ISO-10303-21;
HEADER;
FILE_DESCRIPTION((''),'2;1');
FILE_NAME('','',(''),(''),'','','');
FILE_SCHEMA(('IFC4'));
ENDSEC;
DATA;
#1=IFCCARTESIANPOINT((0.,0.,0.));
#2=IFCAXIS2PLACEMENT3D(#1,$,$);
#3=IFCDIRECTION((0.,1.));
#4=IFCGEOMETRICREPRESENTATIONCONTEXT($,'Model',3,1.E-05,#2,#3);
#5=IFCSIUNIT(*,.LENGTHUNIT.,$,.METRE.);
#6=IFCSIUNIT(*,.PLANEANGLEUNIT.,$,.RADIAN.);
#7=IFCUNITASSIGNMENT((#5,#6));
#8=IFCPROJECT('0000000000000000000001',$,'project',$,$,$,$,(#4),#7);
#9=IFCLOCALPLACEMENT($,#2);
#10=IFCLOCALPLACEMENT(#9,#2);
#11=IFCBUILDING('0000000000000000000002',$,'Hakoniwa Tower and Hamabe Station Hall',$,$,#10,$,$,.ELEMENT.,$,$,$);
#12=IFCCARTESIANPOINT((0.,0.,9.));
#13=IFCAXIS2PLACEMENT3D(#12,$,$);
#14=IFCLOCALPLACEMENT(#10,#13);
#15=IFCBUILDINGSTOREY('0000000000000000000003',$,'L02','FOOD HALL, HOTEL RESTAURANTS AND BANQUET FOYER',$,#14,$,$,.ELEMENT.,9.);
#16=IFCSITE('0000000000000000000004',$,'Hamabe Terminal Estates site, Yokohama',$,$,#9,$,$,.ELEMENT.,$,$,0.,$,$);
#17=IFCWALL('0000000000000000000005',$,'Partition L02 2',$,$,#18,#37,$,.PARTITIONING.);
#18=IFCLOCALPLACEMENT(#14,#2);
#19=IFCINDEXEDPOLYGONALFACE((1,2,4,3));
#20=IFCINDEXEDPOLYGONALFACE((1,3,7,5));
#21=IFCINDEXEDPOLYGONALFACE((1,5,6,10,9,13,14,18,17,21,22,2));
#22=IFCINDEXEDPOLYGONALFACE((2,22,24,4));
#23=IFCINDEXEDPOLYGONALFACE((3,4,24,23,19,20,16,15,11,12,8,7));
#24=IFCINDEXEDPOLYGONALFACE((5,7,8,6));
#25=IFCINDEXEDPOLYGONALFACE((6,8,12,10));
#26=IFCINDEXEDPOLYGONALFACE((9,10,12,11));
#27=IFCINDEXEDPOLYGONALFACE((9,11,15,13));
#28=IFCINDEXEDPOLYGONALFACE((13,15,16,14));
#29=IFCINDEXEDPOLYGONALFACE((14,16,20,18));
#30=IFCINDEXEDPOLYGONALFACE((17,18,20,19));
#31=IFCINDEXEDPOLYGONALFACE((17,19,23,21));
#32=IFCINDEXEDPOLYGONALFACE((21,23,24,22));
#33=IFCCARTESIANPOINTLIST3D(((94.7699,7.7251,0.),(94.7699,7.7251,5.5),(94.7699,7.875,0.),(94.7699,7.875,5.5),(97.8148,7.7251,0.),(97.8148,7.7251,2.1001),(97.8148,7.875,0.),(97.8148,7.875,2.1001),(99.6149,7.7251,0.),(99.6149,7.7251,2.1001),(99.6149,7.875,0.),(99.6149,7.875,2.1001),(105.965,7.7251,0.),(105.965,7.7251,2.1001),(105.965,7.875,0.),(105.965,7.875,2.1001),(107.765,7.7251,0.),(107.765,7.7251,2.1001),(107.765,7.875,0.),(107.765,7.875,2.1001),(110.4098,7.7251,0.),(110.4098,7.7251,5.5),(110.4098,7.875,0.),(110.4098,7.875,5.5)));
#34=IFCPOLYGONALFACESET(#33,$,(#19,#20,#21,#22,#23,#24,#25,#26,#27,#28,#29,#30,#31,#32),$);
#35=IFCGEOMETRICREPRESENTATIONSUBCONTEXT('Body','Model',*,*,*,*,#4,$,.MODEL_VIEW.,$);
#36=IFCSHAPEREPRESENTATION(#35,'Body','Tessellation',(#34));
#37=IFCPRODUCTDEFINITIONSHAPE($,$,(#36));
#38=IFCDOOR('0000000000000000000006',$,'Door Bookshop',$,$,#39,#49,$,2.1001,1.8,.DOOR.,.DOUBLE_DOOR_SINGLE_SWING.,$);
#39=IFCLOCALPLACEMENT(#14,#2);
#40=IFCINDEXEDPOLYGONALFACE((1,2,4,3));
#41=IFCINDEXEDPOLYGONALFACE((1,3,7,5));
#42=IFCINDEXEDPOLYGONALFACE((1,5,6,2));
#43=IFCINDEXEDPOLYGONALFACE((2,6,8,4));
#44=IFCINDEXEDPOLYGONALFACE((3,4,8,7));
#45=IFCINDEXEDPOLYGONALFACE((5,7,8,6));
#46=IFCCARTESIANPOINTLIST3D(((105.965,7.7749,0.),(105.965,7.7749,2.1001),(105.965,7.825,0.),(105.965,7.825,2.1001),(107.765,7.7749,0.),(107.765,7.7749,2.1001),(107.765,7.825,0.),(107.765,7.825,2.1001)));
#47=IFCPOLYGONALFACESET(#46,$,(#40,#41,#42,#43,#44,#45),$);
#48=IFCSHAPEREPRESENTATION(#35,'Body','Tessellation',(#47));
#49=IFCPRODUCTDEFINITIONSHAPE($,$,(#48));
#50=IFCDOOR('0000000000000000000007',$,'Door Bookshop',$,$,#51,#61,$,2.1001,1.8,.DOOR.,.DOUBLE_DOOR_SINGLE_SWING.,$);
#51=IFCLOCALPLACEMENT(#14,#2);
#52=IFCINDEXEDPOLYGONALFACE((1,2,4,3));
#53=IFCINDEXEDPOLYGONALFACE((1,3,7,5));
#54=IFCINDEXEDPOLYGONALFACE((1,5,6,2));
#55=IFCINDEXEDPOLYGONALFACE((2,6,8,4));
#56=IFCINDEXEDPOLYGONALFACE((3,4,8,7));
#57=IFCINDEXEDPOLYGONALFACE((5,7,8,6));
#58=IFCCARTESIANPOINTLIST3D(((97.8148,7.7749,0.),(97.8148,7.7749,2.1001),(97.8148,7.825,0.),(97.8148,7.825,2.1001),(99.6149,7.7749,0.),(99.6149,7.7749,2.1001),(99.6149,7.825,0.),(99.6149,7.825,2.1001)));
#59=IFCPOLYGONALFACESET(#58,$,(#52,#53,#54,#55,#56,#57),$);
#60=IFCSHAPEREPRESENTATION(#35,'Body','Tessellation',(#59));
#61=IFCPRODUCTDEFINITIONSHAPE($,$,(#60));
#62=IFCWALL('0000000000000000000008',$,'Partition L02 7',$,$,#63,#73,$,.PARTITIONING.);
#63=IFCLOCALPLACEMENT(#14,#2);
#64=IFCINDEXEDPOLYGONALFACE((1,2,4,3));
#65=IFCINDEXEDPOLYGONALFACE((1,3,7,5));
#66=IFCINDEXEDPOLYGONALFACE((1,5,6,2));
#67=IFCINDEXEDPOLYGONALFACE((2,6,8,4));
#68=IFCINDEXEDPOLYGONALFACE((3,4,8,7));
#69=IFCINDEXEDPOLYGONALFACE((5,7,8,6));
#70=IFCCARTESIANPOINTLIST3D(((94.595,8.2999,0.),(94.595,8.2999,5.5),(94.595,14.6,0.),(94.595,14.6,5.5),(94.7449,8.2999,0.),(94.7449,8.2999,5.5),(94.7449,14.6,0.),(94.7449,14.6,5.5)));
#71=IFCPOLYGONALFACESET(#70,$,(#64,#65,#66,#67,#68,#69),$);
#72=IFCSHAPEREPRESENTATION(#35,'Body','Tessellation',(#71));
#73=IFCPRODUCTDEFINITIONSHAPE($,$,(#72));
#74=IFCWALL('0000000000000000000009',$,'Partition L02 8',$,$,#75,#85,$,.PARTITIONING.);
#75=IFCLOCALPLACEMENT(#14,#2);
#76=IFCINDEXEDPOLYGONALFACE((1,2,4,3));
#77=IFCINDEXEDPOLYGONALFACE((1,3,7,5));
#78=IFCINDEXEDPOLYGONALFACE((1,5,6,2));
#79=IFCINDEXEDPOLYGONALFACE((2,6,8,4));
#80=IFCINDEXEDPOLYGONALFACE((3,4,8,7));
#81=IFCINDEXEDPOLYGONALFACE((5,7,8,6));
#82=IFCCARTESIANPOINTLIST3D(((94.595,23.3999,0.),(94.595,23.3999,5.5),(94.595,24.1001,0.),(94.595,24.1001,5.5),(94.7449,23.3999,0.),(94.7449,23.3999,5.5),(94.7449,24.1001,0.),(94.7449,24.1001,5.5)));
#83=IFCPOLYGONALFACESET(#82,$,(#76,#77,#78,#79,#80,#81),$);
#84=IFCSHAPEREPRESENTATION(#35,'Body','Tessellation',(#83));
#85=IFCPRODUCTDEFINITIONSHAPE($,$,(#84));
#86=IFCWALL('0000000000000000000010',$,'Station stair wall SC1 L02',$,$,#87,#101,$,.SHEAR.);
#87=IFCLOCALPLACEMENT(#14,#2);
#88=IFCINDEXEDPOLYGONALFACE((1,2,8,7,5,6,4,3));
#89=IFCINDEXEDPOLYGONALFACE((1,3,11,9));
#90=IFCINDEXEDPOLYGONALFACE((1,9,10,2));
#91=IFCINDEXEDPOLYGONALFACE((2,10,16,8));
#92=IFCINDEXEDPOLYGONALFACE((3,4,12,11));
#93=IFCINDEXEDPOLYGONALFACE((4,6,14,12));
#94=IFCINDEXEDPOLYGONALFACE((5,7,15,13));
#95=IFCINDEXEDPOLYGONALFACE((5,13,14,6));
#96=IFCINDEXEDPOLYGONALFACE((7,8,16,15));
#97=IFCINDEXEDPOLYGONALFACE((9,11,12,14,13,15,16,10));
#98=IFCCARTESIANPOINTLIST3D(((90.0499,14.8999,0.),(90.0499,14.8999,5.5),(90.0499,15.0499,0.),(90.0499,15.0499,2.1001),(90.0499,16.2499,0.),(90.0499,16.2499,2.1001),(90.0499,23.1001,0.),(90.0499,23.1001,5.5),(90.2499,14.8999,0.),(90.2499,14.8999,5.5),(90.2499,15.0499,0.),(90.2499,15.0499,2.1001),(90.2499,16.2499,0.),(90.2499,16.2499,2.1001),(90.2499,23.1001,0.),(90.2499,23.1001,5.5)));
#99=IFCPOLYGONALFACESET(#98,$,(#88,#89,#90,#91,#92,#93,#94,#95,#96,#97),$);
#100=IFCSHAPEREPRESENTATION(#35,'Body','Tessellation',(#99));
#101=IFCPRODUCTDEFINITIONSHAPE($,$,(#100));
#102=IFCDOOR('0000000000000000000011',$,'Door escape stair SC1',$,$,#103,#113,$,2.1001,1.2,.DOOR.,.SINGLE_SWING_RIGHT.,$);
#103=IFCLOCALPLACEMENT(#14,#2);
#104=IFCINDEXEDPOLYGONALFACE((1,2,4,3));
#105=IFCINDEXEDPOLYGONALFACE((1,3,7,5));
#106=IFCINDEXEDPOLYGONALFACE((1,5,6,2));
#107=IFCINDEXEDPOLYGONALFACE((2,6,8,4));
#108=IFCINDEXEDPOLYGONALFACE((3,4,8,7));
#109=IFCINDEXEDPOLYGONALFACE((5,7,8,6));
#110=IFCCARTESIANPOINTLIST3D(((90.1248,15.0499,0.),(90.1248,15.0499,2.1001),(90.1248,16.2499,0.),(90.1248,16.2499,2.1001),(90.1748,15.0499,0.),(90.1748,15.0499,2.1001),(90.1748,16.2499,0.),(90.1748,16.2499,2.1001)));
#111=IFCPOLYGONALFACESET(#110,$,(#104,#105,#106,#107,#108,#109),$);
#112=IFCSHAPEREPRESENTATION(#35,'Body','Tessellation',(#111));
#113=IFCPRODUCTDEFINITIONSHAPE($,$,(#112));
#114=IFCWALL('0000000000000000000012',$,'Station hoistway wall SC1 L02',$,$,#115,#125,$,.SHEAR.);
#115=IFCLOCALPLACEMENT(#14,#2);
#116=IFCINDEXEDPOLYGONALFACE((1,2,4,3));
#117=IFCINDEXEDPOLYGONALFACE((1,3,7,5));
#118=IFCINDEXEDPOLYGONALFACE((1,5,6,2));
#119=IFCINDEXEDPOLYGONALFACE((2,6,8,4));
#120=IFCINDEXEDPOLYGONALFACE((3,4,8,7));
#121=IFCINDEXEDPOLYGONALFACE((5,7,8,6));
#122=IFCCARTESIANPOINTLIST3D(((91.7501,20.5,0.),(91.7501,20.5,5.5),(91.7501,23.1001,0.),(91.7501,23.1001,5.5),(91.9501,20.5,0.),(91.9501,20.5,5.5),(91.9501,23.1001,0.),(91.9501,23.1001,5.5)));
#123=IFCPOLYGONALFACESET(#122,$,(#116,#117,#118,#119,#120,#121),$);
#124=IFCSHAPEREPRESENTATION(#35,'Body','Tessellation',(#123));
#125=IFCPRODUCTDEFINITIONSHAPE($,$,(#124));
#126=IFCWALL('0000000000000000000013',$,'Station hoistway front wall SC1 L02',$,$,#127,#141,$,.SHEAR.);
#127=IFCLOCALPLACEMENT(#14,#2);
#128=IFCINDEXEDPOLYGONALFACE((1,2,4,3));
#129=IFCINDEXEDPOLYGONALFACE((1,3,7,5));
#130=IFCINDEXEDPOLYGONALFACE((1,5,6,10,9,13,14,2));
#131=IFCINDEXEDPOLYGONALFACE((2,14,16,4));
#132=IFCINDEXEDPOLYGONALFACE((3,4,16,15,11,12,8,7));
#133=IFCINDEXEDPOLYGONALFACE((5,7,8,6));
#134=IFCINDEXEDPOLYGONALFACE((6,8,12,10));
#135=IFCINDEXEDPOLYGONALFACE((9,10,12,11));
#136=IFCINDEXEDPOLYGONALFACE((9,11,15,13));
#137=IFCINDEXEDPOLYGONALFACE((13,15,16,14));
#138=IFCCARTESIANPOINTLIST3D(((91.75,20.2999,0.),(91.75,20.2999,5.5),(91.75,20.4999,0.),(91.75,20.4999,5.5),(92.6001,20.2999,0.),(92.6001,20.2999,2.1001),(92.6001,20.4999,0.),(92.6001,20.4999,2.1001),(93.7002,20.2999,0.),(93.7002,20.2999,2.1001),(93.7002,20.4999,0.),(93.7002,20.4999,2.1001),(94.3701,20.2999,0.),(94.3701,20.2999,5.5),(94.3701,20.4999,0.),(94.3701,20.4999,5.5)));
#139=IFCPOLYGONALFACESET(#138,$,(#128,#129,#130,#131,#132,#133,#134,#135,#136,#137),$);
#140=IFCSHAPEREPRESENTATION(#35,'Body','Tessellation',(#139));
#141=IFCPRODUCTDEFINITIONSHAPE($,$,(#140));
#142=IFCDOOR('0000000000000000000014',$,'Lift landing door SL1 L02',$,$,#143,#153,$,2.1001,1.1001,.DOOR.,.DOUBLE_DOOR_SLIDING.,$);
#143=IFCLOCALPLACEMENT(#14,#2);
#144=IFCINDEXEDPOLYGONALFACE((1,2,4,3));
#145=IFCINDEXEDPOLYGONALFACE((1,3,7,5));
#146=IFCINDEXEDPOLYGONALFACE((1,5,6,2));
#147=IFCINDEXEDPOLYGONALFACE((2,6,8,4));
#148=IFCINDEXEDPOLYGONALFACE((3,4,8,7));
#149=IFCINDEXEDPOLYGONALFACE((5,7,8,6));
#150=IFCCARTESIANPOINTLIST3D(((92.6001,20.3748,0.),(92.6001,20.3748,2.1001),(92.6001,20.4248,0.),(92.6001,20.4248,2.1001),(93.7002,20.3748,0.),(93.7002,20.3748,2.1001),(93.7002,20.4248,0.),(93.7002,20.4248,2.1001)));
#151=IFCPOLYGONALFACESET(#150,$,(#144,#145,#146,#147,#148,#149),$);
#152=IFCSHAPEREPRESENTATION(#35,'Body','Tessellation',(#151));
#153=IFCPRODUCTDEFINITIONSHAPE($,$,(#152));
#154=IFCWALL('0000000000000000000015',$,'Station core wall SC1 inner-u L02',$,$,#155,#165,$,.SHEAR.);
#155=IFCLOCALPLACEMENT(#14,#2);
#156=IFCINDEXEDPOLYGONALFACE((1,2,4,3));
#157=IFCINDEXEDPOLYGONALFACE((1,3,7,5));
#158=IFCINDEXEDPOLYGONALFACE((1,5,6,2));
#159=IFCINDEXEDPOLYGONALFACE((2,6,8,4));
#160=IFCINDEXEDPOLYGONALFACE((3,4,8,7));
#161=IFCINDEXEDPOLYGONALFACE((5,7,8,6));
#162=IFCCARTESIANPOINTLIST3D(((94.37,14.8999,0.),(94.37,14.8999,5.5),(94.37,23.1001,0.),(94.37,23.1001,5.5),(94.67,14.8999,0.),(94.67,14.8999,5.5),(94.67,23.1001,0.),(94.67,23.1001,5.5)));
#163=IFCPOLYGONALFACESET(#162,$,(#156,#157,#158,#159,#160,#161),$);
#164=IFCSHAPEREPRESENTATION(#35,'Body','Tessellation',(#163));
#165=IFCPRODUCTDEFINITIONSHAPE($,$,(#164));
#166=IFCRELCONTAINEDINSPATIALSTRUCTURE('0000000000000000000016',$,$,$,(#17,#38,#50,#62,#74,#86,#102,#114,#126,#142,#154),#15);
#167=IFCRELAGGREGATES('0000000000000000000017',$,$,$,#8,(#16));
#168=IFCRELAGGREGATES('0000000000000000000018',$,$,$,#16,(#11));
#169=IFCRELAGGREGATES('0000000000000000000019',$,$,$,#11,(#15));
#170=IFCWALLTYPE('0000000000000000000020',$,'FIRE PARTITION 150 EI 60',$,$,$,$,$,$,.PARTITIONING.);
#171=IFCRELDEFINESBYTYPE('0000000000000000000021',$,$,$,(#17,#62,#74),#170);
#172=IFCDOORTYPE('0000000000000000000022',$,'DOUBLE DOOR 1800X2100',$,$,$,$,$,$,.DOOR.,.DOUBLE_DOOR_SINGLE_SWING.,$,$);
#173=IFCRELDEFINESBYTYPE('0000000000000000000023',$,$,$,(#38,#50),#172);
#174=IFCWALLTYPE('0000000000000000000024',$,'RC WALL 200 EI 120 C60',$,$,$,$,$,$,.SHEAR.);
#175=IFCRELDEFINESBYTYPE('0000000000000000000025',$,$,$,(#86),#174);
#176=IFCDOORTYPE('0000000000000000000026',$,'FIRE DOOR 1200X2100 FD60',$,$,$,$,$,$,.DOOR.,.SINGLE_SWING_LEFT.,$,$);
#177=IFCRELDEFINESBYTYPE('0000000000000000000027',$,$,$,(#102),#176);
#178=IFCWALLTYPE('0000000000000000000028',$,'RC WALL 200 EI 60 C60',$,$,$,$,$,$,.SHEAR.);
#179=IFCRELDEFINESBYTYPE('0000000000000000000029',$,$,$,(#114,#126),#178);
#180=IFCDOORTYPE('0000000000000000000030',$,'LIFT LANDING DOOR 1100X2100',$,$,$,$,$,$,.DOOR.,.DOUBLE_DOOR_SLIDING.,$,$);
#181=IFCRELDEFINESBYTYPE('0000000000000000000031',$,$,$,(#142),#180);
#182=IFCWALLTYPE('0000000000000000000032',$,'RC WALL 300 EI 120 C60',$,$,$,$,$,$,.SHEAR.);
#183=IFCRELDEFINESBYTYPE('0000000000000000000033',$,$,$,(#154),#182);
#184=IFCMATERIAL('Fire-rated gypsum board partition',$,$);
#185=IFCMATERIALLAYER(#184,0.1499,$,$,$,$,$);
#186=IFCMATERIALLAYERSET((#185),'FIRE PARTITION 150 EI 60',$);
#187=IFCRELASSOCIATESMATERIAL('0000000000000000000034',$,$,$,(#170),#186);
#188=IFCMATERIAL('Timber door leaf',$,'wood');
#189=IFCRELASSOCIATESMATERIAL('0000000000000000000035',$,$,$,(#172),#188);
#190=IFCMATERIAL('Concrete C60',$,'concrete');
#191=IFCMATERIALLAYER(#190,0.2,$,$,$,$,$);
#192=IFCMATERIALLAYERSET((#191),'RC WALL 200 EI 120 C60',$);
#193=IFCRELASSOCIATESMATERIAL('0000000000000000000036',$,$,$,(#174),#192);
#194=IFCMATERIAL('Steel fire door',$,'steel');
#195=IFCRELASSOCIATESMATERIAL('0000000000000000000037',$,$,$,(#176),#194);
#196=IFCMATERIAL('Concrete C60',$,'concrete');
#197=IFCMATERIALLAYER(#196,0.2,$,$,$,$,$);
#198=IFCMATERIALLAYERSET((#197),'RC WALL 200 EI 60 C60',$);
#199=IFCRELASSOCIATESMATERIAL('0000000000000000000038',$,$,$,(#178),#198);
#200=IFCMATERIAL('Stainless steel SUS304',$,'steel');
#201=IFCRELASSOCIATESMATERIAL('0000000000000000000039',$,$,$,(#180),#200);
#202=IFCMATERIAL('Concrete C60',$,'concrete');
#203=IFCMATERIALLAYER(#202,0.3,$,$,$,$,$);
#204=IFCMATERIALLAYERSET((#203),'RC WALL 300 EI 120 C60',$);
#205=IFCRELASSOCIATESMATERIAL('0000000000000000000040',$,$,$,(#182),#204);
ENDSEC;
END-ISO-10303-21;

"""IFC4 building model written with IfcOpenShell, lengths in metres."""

from ifc_helpers import new_model, si_unit, direction, frame, frame_2d, origin, place, context, subcontext, project, spatial, rectangle, extrude, material, layer, layer_set, type_object, element, fill, save


model = new_model("IFC4")

# Units and contexts
model_context = context("Model", 3, precision=1e-05, world=origin(), true_north=direction((0.0, 1.0)))
body_context = subcontext(model_context, "Body", "Model", "MODEL_VIEW")
ifc_project = project(units=[si_unit("LENGTHUNIT", "METRE"), si_unit("PLANEANGLEUNIT", "RADIAN")], contexts=[model_context])

# Site, building, storey
site_placement = place(None, origin())
site = spatial("IfcSite", under=ifc_project, at=site_placement, Name="Hamabe Terminal Estates site, Yokohama", CompositionType="ELEMENT", RefElevation=0.0)
building_placement = place(site_placement, origin())
building = spatial("IfcBuilding", under=site, at=building_placement, Name="Hakoniwa Tower and Hamabe Station Hall", CompositionType="ELEMENT")
storey_placement = place(building_placement, frame((0.0, 0.0, 9.0)))
storey = spatial("IfcBuildingStorey", under=building, at=storey_placement, Name="L02", Description="FOOD HALL, HOTEL RESTAURANTS AND BANQUET FOYER", CompositionType="ELEMENT", Elevation=9.0)

# Wall, openings, doors
ifc_material_1 = material(Name="Fire-rated gypsum board partition")
ifc_layer_1 = layer(ifc_material_1, 0.1499)
ifc_layer_set_1 = layer_set([ifc_layer_1], Name="FIRE PARTITION 150 EI 60")
wall_type_1 = type_object("IfcWallType", Name="FIRE PARTITION 150 EI 60", PredefinedType="PARTITIONING", material=ifc_layer_set_1)
wall_1_placement = place(storey_placement, frame((94.77, 7.8, 0.0), z_axis=(0.0, 0.0, 1.0), x_axis=(1.0, 0.0, 0.0)))
wall_1 = element("IfcWall", 1, at=wall_1_placement, inside=storey, type_object=wall_type_1, Name="Partition L02 2", PredefinedType="PARTITIONING", context=body_context, shape_type="SweptSolid", body=[
    extrude(rectangle(XDim=15.6399, YDim=0.1499, at=frame_2d((7.8198, 0.0))), origin(), (0.0, 0.0, 1.0), 5.5),
])
opening_1_placement = place(wall_1_placement, frame((11.1951, 0.0, 0.0)))
opening_1 = element("IfcOpeningElement", 2, at=opening_1_placement, cuts=wall_1, PredefinedType="OPENING", context=body_context, shape_type="SweptSolid", body=[
    extrude(rectangle(XDim=1.8, YDim=2.1001, at=frame_2d((0.8999, 1.05))), frame((0.0, 0.085, 0.0), z_axis=(0.0, -1.0, 0.0), x_axis=(1.0, 0.0, 0.0)), (0.0, 0.0, 1.0), 0.1699),
])
opening_2_placement = place(wall_1_placement, frame((3.0449, 0.0, 0.0)))
opening_2 = element("IfcOpeningElement", 3, at=opening_2_placement, cuts=wall_1, PredefinedType="OPENING", context=body_context, shape_type="SweptSolid", body=[
    extrude(rectangle(XDim=1.8, YDim=2.1001, at=frame_2d((0.8999, 1.05))), frame((0.0, 0.085, 0.0), z_axis=(0.0, -1.0, 0.0), x_axis=(1.0, 0.0, 0.0)), (0.0, 0.0, 1.0), 0.1699),
])
ifc_material_2 = material(Name="Timber door leaf", Category="wood")
door_type_1 = type_object("IfcDoorType", Name="DOUBLE DOOR 1800X2100", OperationType="DOUBLE_DOOR_SINGLE_SWING", PredefinedType="DOOR", material=ifc_material_2)
door_1_placement = place(opening_1_placement, origin())
door_1 = element("IfcDoor", 4, at=door_1_placement, inside=storey, type_object=door_type_1, Name="Door Bookshop", OperationType="DOUBLE_DOOR_SINGLE_SWING", OverallHeight=2.1001, OverallWidth=1.8, PredefinedType="DOOR", context=body_context, shape_type="SweptSolid", body=[
    extrude(rectangle(XDim=1.8, YDim=2.1001, at=frame_2d((0.8999, 1.05))), frame((0.0, 0.0249, 0.0), z_axis=(0.0, -1.0, 0.0), x_axis=(1.0, 0.0, 0.0)), (0.0, 0.0, 1.0), 0.05),
])
fill(opening_1, door_1)
door_2_placement = place(opening_2_placement, origin())
door_2 = element("IfcDoor", 5, at=door_2_placement, inside=storey, type_object=door_type_1, Name="Door Bookshop", OperationType="DOUBLE_DOOR_SINGLE_SWING", OverallHeight=2.1001, OverallWidth=1.8, PredefinedType="DOOR", context=body_context, shape_type="SweptSolid", body=[
    extrude(rectangle(XDim=1.8, YDim=2.1001, at=frame_2d((0.8999, 1.05))), frame((0.0, 0.0249, 0.0), z_axis=(0.0, -1.0, 0.0), x_axis=(1.0, 0.0, 0.0)), (0.0, 0.0, 1.0), 0.05),
])
fill(opening_2, door_2)

# Walls
wall_2_placement = place(storey_placement, frame((94.6699, 8.3, 0.0), z_axis=(0.0, 0.0, 1.0), x_axis=(0.0, 1.0, 0.0)))
element("IfcWall", 6, at=wall_2_placement, inside=storey, type_object=wall_type_1, Name="Partition L02 7", PredefinedType="PARTITIONING", context=body_context, shape_type="SweptSolid", body=[
    extrude(rectangle(XDim=6.3, YDim=0.1499, at=frame_2d((3.1499, 0.0))), origin(), (0.0, 0.0, 1.0), 5.5),
])
wall_3_placement = place(storey_placement, frame((94.6699, 23.3999, 0.0), z_axis=(0.0, 0.0, 1.0), x_axis=(0.0, 1.0, 0.0)))
element("IfcWall", 7, at=wall_3_placement, inside=storey, type_object=wall_type_1, Name="Partition L02 8", PredefinedType="PARTITIONING", context=body_context, shape_type="SweptSolid", body=[
    extrude(rectangle(XDim=0.7002, YDim=0.1499, at=frame_2d((0.3501, 0.0))), origin(), (0.0, 0.0, 1.0), 5.5),
])

# Wall, opening, door
ifc_material_3 = material(Name="Concrete C60", Category="concrete")
ifc_layer_2 = layer(ifc_material_3, 0.2)
ifc_layer_set_2 = layer_set([ifc_layer_2], Name="RC WALL 200 EI 120 C60")
wall_type_2 = type_object("IfcWallType", Name="RC WALL 200 EI 120 C60", PredefinedType="SHEAR", material=ifc_layer_set_2)
wall_4_placement = place(storey_placement, frame((90.1499, 23.1001, 0.0), z_axis=(0.0, 0.0, 1.0), x_axis=(0.0, -1.0, 0.0)))
wall_4 = element("IfcWall", 8, at=wall_4_placement, inside=storey, type_object=wall_type_2, Name="Station stair wall SC1 L02", PredefinedType="SHEAR", context=body_context, shape_type="SweptSolid", body=[
    extrude(rectangle(XDim=8.2002, YDim=0.2, at=frame_2d((4.1001, 0.0))), origin(), (0.0, 0.0, 1.0), 5.5),
])
opening_3_placement = place(wall_4_placement, frame((6.8501, 0.0, 0.0)))
opening_3 = element("IfcOpeningElement", 9, at=opening_3_placement, cuts=wall_4, PredefinedType="OPENING", context=body_context, shape_type="SweptSolid", body=[
    extrude(rectangle(XDim=1.2, YDim=2.1001, at=frame_2d((0.6001, 1.05))), frame((0.0, 0.1099, 0.0), z_axis=(0.0, -1.0, 0.0), x_axis=(1.0, 0.0, 0.0)), (0.0, 0.0, 1.0), 0.22),
])
ifc_material_4 = material(Name="Steel fire door", Category="steel")
door_type_2 = type_object("IfcDoorType", Name="FIRE DOOR 1200X2100 FD60", OperationType="SINGLE_SWING_LEFT", PredefinedType="DOOR", material=ifc_material_4)
door_3_placement = place(opening_3_placement, origin())
door_3 = element("IfcDoor", 10, at=door_3_placement, inside=storey, type_object=door_type_2, Name="Door escape stair SC1", OperationType="SINGLE_SWING_RIGHT", OverallHeight=2.1001, OverallWidth=1.2, PredefinedType="DOOR", context=body_context, shape_type="SweptSolid", body=[
    extrude(rectangle(XDim=1.2, YDim=2.1001, at=frame_2d((0.6001, 1.05))), frame((0.0, 0.0249, 0.0), z_axis=(0.0, -1.0, 0.0), x_axis=(1.0, 0.0, 0.0)), (0.0, 0.0, 1.0), 0.05),
])
fill(opening_3, door_3)

# Wall
ifc_material_5 = material(Name="Concrete C60", Category="concrete")
ifc_layer_3 = layer(ifc_material_5, 0.2)
ifc_layer_set_3 = layer_set([ifc_layer_3], Name="RC WALL 200 EI 60 C60")
wall_type_3 = type_object("IfcWallType", Name="RC WALL 200 EI 60 C60", PredefinedType="SHEAR", material=ifc_layer_set_3)
wall_5_placement = place(storey_placement, frame((91.8501, 23.1001, 0.0), z_axis=(0.0, 0.0, 1.0), x_axis=(0.0, -1.0, 0.0)))
element("IfcWall", 11, at=wall_5_placement, inside=storey, type_object=wall_type_3, Name="Station hoistway wall SC1 L02", PredefinedType="SHEAR", context=body_context, shape_type="SweptSolid", body=[
    extrude(rectangle(XDim=2.6001, YDim=0.2, at=frame_2d((1.3, 0.0))), origin(), (0.0, 0.0, 1.0), 5.5),
])

# Wall, opening, door
wall_6_placement = place(storey_placement, frame((91.75, 20.3999, 0.0), z_axis=(0.0, 0.0, 1.0), x_axis=(1.0, 0.0, 0.0)))
wall_6 = element("IfcWall", 12, at=wall_6_placement, inside=storey, type_object=wall_type_3, Name="Station hoistway front wall SC1 L02", PredefinedType="SHEAR", context=body_context, shape_type="SweptSolid", body=[
    extrude(rectangle(XDim=2.6201, YDim=0.2, at=frame_2d((1.3101, 0.0))), origin(), (0.0, 0.0, 1.0), 5.5),
])
opening_4_placement = place(wall_6_placement, frame((0.8501, 0.0, 0.0)))
opening_4 = element("IfcOpeningElement", 13, at=opening_4_placement, cuts=wall_6, PredefinedType="OPENING", context=body_context, shape_type="SweptSolid", body=[
    extrude(rectangle(XDim=1.1001, YDim=2.1001, at=frame_2d((0.55, 1.05))), frame((0.0, 0.1099, 0.0), z_axis=(0.0, -1.0, 0.0), x_axis=(1.0, 0.0, 0.0)), (0.0, 0.0, 1.0), 0.22),
])
ifc_material_6 = material(Name="Stainless steel SUS304", Category="steel")
door_type_3 = type_object("IfcDoorType", Name="LIFT LANDING DOOR 1100X2100", OperationType="DOUBLE_DOOR_SLIDING", PredefinedType="DOOR", material=ifc_material_6)
door_4_placement = place(opening_4_placement, origin())
door_4 = element("IfcDoor", 14, at=door_4_placement, inside=storey, type_object=door_type_3, Name="Lift landing door SL1 L02", OperationType="DOUBLE_DOOR_SLIDING", OverallHeight=2.1001, OverallWidth=1.1001, PredefinedType="DOOR", context=body_context, shape_type="SweptSolid", body=[
    extrude(rectangle(XDim=1.1001, YDim=2.1001, at=frame_2d((0.55, 1.05))), frame((0.0, 0.0249, 0.0), z_axis=(0.0, -1.0, 0.0), x_axis=(1.0, 0.0, 0.0)), (0.0, 0.0, 1.0), 0.05),
])
fill(opening_4, door_4)

# Wall
ifc_material_7 = material(Name="Concrete C60", Category="concrete")
ifc_layer_4 = layer(ifc_material_7, 0.3)
ifc_layer_set_4 = layer_set([ifc_layer_4], Name="RC WALL 300 EI 120 C60")
wall_type_4 = type_object("IfcWallType", Name="RC WALL 300 EI 120 C60", PredefinedType="SHEAR", material=ifc_layer_set_4)
wall_7_placement = place(storey_placement, frame((94.52, 23.1001, 0.0), z_axis=(0.0, 0.0, 1.0), x_axis=(0.0, -1.0, 0.0)))
element("IfcWall", 15, at=wall_7_placement, inside=storey, type_object=wall_type_4, Name="Station core wall SC1 inner-u L02", PredefinedType="SHEAR", context=body_context, shape_type="SweptSolid", body=[
    extrude(rectangle(XDim=8.2002, YDim=0.3, at=frame_2d((4.1001, 0.0))), origin(), (0.0, 0.0, 1.0), 5.5),
])

save(model, "model.ifc")
